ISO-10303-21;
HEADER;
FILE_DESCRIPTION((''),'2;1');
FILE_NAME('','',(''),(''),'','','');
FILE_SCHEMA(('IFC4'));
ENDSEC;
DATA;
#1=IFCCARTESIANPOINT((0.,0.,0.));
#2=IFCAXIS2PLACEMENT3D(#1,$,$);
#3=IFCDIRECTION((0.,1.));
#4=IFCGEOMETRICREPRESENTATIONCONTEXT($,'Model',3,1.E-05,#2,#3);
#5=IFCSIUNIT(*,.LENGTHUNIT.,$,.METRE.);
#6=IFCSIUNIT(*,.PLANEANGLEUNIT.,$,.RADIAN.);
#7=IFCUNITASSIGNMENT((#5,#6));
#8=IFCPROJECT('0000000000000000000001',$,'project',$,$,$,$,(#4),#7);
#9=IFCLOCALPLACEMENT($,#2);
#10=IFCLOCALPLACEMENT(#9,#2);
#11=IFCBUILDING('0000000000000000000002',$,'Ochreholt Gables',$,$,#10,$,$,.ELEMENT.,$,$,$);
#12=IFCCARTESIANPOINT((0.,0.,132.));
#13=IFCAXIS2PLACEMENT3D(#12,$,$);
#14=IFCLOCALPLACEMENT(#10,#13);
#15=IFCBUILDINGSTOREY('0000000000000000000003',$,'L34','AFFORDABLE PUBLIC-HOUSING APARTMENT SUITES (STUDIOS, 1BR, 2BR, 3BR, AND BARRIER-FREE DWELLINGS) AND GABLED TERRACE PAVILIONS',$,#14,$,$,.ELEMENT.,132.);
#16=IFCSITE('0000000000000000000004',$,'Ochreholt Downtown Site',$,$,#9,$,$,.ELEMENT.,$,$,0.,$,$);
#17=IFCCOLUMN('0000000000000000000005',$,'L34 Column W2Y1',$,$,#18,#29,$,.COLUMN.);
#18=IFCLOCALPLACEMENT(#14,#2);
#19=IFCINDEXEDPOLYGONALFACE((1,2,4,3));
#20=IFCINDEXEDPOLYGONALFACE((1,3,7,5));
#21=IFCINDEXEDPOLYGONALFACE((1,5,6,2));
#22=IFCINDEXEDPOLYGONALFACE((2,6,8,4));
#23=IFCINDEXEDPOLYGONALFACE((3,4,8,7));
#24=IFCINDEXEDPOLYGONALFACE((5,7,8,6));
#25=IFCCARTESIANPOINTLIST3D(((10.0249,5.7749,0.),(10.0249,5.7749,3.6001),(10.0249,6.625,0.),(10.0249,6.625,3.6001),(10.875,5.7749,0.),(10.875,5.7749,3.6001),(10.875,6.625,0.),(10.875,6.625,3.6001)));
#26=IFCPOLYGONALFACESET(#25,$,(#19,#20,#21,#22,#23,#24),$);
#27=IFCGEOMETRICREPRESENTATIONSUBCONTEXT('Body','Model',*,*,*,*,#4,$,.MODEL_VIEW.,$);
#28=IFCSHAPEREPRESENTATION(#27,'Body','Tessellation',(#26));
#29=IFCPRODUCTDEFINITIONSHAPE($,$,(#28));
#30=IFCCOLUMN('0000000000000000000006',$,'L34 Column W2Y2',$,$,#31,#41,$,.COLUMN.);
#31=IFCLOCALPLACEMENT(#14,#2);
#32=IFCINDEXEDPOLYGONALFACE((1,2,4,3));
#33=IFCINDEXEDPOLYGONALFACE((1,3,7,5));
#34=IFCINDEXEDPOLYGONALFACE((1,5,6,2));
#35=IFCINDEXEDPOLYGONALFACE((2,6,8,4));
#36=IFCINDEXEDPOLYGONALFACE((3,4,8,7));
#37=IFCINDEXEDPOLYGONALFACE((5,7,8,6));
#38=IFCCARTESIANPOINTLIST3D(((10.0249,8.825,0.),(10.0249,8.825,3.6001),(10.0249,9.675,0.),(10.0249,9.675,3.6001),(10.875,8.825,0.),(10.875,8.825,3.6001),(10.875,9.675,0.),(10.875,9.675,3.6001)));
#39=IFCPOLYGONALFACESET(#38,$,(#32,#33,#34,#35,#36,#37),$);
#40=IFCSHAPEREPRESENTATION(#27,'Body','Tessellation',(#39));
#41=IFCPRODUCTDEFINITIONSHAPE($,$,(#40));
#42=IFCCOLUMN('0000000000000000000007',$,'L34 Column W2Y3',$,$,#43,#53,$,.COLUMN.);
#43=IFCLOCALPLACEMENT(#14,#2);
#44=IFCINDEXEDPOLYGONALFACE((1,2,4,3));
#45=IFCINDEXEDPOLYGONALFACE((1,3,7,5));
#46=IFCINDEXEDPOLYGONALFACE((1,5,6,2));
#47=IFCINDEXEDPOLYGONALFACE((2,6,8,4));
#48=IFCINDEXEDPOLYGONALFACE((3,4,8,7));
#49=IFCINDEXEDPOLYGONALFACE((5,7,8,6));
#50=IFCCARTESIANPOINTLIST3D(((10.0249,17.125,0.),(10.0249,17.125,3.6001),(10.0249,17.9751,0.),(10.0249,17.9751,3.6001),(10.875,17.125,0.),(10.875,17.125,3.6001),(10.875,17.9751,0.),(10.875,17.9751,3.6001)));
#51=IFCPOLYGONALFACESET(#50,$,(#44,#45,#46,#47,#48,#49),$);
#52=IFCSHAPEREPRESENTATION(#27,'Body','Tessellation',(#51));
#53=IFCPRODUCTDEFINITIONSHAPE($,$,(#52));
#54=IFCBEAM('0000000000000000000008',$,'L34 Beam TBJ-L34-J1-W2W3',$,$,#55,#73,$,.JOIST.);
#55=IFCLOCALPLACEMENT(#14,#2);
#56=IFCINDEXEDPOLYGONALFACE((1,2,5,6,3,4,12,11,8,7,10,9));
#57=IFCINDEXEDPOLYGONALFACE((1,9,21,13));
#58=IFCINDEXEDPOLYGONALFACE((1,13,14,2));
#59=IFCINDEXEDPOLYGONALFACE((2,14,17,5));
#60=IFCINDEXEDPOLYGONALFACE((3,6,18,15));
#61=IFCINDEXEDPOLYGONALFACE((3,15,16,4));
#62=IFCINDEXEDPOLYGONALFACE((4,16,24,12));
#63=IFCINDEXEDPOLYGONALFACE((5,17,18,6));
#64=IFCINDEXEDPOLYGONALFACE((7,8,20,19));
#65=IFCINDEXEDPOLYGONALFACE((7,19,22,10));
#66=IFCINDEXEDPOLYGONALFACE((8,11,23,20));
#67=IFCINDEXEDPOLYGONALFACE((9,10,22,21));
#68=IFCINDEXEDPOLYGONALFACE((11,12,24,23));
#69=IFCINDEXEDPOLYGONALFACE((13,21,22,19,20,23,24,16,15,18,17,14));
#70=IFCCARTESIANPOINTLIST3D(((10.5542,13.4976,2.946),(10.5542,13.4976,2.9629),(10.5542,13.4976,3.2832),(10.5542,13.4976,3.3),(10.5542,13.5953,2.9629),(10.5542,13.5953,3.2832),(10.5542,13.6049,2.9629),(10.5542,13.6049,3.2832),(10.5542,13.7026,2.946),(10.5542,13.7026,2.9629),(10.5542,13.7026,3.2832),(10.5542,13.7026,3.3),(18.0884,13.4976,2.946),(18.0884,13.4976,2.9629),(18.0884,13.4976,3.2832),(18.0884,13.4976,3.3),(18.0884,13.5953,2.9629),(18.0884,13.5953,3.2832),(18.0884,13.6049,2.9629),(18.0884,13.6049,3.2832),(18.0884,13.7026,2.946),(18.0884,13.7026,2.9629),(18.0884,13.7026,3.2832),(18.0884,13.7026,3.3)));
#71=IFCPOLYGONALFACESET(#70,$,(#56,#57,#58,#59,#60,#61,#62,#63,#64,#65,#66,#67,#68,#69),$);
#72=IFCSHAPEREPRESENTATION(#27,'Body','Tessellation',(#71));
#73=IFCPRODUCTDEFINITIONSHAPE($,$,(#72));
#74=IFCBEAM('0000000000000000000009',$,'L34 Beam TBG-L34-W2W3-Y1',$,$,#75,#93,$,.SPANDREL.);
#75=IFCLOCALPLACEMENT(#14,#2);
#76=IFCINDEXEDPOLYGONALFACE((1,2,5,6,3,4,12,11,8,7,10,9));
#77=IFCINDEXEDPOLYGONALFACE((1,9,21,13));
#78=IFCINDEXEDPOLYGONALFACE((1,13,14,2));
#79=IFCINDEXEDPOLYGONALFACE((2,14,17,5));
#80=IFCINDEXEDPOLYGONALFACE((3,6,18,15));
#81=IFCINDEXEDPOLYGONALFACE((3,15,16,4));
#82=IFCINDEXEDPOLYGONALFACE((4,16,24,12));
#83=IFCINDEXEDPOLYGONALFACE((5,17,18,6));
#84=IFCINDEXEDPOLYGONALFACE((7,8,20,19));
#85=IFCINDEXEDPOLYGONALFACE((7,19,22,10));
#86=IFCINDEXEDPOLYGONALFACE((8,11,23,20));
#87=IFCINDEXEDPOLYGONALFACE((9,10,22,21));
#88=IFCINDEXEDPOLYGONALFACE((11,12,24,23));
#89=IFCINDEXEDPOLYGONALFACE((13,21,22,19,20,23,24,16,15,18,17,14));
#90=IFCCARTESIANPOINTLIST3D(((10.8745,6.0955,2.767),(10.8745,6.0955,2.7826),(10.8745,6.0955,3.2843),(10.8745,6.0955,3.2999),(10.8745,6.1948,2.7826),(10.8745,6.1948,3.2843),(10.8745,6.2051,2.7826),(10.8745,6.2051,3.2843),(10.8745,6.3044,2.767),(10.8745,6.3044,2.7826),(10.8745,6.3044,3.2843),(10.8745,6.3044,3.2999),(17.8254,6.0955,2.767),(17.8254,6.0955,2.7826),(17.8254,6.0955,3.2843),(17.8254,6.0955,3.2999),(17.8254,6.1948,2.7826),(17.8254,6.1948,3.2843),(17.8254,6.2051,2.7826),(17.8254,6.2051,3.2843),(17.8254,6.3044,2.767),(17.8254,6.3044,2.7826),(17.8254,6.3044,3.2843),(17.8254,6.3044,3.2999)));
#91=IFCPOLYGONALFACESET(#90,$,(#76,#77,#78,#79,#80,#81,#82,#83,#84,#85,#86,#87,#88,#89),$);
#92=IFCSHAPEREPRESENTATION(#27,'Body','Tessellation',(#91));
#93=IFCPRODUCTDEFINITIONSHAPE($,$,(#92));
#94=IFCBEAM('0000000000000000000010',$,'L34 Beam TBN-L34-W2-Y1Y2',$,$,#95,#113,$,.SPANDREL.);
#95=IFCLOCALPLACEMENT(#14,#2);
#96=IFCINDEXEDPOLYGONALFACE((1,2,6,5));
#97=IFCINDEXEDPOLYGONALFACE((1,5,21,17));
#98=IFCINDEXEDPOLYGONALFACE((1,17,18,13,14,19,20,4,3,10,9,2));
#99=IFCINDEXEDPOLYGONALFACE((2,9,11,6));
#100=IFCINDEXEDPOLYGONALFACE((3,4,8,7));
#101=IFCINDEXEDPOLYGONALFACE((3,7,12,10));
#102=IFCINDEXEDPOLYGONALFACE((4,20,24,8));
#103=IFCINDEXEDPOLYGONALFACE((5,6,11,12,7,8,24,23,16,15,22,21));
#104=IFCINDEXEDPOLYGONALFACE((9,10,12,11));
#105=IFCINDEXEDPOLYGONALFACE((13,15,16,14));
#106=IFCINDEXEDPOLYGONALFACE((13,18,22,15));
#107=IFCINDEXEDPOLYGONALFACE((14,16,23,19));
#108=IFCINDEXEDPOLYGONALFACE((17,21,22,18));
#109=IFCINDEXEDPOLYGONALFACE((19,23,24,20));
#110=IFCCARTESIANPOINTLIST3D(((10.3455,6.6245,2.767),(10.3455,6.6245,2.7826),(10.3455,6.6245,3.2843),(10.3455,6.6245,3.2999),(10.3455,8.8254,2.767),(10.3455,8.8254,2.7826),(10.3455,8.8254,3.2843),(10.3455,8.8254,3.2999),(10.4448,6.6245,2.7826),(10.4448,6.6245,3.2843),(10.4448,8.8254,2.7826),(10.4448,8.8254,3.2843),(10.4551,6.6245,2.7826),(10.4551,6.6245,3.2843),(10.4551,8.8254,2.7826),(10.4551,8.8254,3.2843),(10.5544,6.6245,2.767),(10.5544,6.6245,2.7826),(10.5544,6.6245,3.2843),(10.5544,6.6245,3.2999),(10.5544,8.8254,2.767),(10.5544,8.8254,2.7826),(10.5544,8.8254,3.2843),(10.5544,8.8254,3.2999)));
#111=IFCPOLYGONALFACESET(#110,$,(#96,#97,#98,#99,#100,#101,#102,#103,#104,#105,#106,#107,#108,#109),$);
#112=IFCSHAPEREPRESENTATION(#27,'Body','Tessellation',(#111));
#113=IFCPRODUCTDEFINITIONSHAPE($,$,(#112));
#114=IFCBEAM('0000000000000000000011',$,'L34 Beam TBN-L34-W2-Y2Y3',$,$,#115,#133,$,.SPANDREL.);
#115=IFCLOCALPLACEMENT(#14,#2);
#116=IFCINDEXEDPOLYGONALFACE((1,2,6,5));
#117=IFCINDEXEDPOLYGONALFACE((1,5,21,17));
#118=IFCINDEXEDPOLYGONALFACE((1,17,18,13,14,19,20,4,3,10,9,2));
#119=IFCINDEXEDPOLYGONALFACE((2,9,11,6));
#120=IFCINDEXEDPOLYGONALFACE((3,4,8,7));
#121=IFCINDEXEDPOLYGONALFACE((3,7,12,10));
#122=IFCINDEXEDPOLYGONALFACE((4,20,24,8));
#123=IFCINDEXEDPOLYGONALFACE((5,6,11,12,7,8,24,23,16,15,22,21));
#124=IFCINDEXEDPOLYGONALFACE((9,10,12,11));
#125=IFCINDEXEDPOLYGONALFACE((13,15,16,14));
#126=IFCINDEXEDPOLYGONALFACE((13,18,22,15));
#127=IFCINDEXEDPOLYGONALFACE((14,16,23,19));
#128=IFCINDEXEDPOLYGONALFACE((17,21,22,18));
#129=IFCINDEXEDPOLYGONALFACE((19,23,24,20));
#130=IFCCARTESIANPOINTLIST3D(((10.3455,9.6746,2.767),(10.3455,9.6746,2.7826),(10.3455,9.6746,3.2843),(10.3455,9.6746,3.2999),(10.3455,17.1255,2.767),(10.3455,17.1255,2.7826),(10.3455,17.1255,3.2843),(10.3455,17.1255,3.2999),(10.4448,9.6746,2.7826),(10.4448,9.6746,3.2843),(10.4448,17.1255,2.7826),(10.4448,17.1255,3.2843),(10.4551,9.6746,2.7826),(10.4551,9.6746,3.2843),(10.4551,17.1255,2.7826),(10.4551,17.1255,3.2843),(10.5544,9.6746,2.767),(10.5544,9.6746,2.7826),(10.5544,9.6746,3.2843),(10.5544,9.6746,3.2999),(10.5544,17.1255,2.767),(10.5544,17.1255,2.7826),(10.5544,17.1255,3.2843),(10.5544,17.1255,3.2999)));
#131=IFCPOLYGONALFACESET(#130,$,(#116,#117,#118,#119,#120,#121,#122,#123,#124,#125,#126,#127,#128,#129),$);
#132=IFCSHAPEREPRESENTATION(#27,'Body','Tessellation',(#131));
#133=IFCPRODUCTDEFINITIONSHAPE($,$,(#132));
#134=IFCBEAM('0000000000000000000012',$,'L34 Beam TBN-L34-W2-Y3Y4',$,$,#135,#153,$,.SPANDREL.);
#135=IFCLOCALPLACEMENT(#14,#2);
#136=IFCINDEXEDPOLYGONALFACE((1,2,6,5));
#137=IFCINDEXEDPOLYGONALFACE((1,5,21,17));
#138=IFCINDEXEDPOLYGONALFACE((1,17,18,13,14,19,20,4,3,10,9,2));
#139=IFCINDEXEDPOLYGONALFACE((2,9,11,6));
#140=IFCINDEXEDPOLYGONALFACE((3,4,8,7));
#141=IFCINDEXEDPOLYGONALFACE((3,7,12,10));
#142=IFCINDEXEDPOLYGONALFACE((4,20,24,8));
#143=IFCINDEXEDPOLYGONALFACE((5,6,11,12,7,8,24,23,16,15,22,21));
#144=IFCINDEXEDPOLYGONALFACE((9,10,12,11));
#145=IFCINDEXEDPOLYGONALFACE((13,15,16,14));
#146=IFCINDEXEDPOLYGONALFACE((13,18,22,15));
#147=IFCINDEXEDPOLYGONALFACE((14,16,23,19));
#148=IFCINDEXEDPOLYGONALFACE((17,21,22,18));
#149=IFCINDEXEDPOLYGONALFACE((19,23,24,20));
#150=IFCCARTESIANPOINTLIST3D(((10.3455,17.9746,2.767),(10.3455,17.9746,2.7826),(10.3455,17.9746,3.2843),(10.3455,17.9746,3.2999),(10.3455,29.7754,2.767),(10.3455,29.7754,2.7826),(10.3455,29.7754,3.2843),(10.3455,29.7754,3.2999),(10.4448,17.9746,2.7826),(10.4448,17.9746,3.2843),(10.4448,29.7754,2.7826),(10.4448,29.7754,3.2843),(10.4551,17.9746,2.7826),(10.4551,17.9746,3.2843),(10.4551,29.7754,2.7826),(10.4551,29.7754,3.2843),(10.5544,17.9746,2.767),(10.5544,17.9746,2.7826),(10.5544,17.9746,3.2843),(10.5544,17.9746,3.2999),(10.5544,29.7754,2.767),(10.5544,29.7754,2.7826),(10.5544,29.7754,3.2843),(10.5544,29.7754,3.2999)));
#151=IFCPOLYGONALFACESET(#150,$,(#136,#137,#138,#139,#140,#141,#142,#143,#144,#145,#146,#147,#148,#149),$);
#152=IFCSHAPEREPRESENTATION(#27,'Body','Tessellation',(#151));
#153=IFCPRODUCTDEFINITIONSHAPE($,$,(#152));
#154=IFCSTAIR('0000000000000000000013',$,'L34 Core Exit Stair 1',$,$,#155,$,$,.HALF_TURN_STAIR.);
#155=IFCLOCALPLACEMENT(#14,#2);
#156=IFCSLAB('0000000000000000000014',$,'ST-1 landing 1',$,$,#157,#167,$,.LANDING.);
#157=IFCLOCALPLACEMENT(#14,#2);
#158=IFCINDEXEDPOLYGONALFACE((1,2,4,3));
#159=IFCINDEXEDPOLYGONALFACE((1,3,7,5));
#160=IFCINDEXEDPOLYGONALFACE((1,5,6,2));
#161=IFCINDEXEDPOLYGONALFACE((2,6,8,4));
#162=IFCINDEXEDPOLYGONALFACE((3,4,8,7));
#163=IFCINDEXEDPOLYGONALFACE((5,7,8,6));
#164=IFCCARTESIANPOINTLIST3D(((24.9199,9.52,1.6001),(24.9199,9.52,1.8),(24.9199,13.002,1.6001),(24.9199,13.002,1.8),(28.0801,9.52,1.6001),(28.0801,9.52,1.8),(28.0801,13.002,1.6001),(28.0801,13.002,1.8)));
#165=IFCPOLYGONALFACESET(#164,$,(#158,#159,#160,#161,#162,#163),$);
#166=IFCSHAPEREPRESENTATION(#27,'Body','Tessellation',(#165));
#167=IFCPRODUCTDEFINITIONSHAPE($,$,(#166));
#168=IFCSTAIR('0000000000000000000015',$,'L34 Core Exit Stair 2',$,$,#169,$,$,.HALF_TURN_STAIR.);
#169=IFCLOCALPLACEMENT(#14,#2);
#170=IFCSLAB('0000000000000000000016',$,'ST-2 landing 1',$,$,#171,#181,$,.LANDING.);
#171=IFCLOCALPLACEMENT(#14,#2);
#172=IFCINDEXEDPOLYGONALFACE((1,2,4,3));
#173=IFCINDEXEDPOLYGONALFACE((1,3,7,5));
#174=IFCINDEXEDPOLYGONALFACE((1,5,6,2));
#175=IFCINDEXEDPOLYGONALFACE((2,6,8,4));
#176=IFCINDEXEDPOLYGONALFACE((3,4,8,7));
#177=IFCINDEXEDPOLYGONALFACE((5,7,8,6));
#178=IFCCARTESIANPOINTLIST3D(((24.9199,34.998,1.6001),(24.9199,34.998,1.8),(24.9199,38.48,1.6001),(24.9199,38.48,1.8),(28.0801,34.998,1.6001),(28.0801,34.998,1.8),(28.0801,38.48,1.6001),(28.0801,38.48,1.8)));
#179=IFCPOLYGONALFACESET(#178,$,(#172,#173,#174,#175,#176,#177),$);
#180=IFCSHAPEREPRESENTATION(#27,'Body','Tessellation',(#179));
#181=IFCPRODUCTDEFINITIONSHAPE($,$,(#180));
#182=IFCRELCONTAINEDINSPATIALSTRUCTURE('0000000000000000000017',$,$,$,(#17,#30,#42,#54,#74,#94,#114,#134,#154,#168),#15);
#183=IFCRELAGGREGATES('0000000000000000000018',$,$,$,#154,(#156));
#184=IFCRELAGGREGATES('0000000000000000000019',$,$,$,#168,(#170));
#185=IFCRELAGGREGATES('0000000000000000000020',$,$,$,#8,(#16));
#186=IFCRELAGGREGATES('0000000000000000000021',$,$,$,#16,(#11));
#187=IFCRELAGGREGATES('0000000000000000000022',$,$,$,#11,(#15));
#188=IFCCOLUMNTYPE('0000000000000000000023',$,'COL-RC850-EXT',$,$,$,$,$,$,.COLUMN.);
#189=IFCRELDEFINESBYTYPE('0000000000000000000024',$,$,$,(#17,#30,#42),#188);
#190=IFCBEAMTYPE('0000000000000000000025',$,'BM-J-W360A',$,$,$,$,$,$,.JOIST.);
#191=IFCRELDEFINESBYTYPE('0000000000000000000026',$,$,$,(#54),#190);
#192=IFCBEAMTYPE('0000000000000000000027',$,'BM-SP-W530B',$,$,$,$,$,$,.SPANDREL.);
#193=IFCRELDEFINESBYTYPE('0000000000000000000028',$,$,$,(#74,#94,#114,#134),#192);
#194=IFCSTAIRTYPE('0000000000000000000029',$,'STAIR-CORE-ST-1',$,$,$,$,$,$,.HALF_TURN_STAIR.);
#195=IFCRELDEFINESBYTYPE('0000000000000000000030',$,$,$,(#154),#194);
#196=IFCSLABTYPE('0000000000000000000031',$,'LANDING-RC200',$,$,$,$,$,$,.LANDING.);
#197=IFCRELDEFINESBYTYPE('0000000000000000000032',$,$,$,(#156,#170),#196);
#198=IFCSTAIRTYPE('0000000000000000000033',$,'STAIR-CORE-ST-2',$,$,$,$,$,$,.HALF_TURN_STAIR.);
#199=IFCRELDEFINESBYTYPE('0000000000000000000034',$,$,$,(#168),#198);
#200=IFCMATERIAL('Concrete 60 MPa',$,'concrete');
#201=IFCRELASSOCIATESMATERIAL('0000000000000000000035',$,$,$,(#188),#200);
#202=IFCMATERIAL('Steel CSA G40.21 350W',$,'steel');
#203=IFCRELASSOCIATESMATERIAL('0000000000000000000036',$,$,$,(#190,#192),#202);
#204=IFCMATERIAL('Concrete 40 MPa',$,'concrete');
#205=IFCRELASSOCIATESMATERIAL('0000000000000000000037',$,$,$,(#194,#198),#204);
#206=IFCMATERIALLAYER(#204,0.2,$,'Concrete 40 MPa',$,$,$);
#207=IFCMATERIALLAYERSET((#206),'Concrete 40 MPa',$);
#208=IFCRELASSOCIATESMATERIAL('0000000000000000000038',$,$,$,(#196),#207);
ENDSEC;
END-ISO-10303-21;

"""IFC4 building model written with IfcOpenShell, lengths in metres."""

from ifc_helpers import new_model, si_unit, direction, frame, origin, origin_2d, place, context, subcontext, project, spatial, polyline, rectangle, i_section, outline, extrude, material, layer, layer_set, material_profile, profile_set, type_object, element, aggregate, save


model = new_model("IFC4")

# Units and contexts
model_context = context("Model", 3, precision=1e-05, world=origin(), true_north=direction((0.0, 1.0)))
body_context = subcontext(model_context, "Body", "Model", "MODEL_VIEW")
ifc_project = project(units=[si_unit("LENGTHUNIT", "METRE"), si_unit("PLANEANGLEUNIT", "RADIAN")], contexts=[model_context])

# Site, building, storey
site_placement = place(None, origin())
site = spatial("IfcSite", under=ifc_project, at=site_placement, Name="Ochreholt Downtown Site", CompositionType="ELEMENT", RefElevation=0.0)
building_placement = place(site_placement, origin())
building = spatial("IfcBuilding", under=site, at=building_placement, Name="Ochreholt Gables", CompositionType="ELEMENT")
storey_placement = place(building_placement, frame((0.0, 0.0, 132.0)))
storey = spatial("IfcBuildingStorey", under=building, at=storey_placement, Name="L34", Description="AFFORDABLE PUBLIC-HOUSING APARTMENT SUITES (STUDIOS, 1BR, 2BR, 3BR, AND BARRIER-FREE DWELLINGS) AND GABLED TERRACE PAVILIONS", CompositionType="ELEMENT", Elevation=132.0)

# Columns
ifc_material_1 = material(Name="Concrete 60 MPa", Category="concrete")
ifc_material_profile_1 = material_profile(ifc_material_1, rectangle(XDim=0.8501, YDim=0.8501, at=origin_2d()), Name="RC850X850")
ifc_profile_set_1 = profile_set([ifc_material_profile_1], Name="Concrete 60 MPa")
column_type = type_object("IfcColumnType", Name="COL-RC850-EXT", PredefinedType="COLUMN", material=ifc_profile_set_1)
for number, where, z_axis, x_axis, name in (
    (1, (10.45, 6.2, 0.0), (0.0, 0.0, 1.0), (1.0, 0.0, 0.0), "L34 Column W2Y1"),
    (2, (10.45, 9.25, 0.0), (0.0, 0.0, 1.0), (1.0, 0.0, 0.0), "L34 Column W2Y2"),
    (3, (10.45, 17.55, 0.0), (0.0, 0.0, 1.0), (1.0, 0.0, 0.0), "L34 Column W2Y3"),
):
    element("IfcColumn", number, at=place(storey_placement, frame(where, z_axis=z_axis, x_axis=x_axis)), inside=storey, type_object=column_type, Name=name, PredefinedType="COLUMN", context=body_context, shape_type="SweptSolid", body=[
        extrude(rectangle(XDim=0.8501, YDim=0.8501, at=origin_2d()), origin(), (0.0, 0.0, 1.0), 3.6001),
    ])

# Beams
ifc_material_2 = material(Name="Steel CSA G40.21 350W", Category="steel")
ifc_material_profile_2 = material_profile(ifc_material_2, i_section(OverallWidth=0.2051, OverallDepth=0.354, WebThickness=0.0095, FlangeThickness=0.0168, at=origin_2d()), Name="W360X79")
ifc_profile_set_2 = profile_set([ifc_material_profile_2], Name="Steel CSA G40.21 350W")
beam_type_1 = type_object("IfcBeamType", Name="BM-J-W360A", PredefinedType="JOIST", material=ifc_profile_set_2)
beam_1_placement = place(storey_placement, frame((10.5542, 13.6001, 3.123), z_axis=(1.0, 0.0, 0.0), x_axis=(0.0, 1.0, 0.0)))
element("IfcBeam", 4, at=beam_1_placement, inside=storey, type_object=beam_type_1, Name="L34 Beam TBJ-L34-J1-W2W3", PredefinedType="JOIST", context=body_context, shape_type="SweptSolid", body=[
    extrude(i_section(OverallWidth=0.2051, OverallDepth=0.354, WebThickness=0.0095, FlangeThickness=0.0168, at=origin_2d()), origin(), (0.0, 0.0, 1.0), 7.5342),
])
ifc_material_profile_3 = material_profile(ifc_material_2, i_section(OverallWidth=0.209, OverallDepth=0.533, WebThickness=0.0103, FlangeThickness=0.0156, at=origin_2d()), Name="W530X92")
ifc_profile_set_3 = profile_set([ifc_material_profile_3], Name="Steel CSA G40.21 350W")
beam_type_2 = type_object("IfcBeamType", Name="BM-SP-W530B", PredefinedType="SPANDREL", material=ifc_profile_set_3)
beam_2_placement = place(storey_placement, frame((10.8745, 6.2, 3.0334), z_axis=(1.0, 0.0, 0.0), x_axis=(0.0, 1.0, 0.0)))
element("IfcBeam", 5, at=beam_2_placement, inside=storey, type_object=beam_type_2, Name="L34 Beam TBG-L34-W2W3-Y1", PredefinedType="SPANDREL", context=body_context, shape_type="SweptSolid", body=[
    extrude(i_section(OverallWidth=0.209, OverallDepth=0.533, WebThickness=0.0103, FlangeThickness=0.0156, at=origin_2d()), origin(), (0.0, 0.0, 1.0), 6.9509),
])
beam_3_placement = place(storey_placement, frame((10.45, 6.6245, 3.0334), z_axis=(0.0, 1.0, 0.0), x_axis=(-1.0, 0.0, 0.0)))
element("IfcBeam", 6, at=beam_3_placement, inside=storey, type_object=beam_type_2, Name="L34 Beam TBN-L34-W2-Y1Y2", PredefinedType="SPANDREL", context=body_context, shape_type="SweptSolid", body=[
    extrude(i_section(OverallWidth=0.209, OverallDepth=0.533, WebThickness=0.0103, FlangeThickness=0.0156, at=origin_2d()), origin(), (0.0, 0.0, 1.0), 2.2009),
])
beam_4_placement = place(storey_placement, frame((10.45, 9.6746, 3.0334), z_axis=(0.0, 1.0, 0.0), x_axis=(-1.0, 0.0, 0.0)))
element("IfcBeam", 7, at=beam_4_placement, inside=storey, type_object=beam_type_2, Name="L34 Beam TBN-L34-W2-Y2Y3", PredefinedType="SPANDREL", context=body_context, shape_type="SweptSolid", body=[
    extrude(i_section(OverallWidth=0.209, OverallDepth=0.533, WebThickness=0.0103, FlangeThickness=0.0156, at=origin_2d()), origin(), (0.0, 0.0, 1.0), 7.4509),
])
beam_5_placement = place(storey_placement, frame((10.45, 17.9746, 3.0334), z_axis=(0.0, 1.0, 0.0), x_axis=(-1.0, 0.0, 0.0)))
element("IfcBeam", 8, at=beam_5_placement, inside=storey, type_object=beam_type_2, Name="L34 Beam TBN-L34-W2-Y3Y4", PredefinedType="SPANDREL", context=body_context, shape_type="SweptSolid", body=[
    extrude(i_section(OverallWidth=0.209, OverallDepth=0.533, WebThickness=0.0103, FlangeThickness=0.0156, at=origin_2d()), origin(), (0.0, 0.0, 1.0), 11.8008),
])

# Stairs, slabs
ifc_material_3 = material(Name="Concrete 40 MPa", Category="concrete")
stair_type_1 = type_object("IfcStairType", Name="STAIR-CORE-ST-1", PredefinedType="HALF_TURN_STAIR", material=ifc_material_3)
stair_1_placement = place(storey_placement, origin())
stair_1 = element("IfcStair", 9, at=stair_1_placement, inside=storey, type_object=stair_type_1, Name="L34 Core Exit Stair 1", PredefinedType="HALF_TURN_STAIR")
ifc_layer_1 = layer(ifc_material_3, 0.2, Name="Concrete 40 MPa")
ifc_layer_set_1 = layer_set([ifc_layer_1], Name="Concrete 40 MPa")
slab_type_1 = type_object("IfcSlabType", Name="LANDING-RC200", PredefinedType="LANDING", material=ifc_layer_set_1)
slab_1_placement = place(storey_placement, frame((0.0, 0.0, 1.6001)))
slab_1 = element("IfcSlab", 10, at=slab_1_placement, type_object=slab_type_1, Name="ST-1 landing 1", PredefinedType="LANDING", context=body_context, shape_type="SweptSolid", body=[
    extrude(outline(polyline([(24.9199, 13.002), (24.9199, 9.52), (28.0801, 9.52), (28.0801, 13.002), (24.9199, 13.002)])), origin(), (0.0, 0.0, 1.0), 0.2),
])
aggregate(stair_1, [slab_1])
stair_type_2 = type_object("IfcStairType", Name="STAIR-CORE-ST-2", PredefinedType="HALF_TURN_STAIR", material=ifc_material_3)
stair_2_placement = place(storey_placement, origin())
stair_2 = element("IfcStair", 11, at=stair_2_placement, inside=storey, type_object=stair_type_2, Name="L34 Core Exit Stair 2", PredefinedType="HALF_TURN_STAIR")
slab_2_placement = place(storey_placement, frame((0.0, 0.0, 1.6001)))
slab_2 = element("IfcSlab", 12, at=slab_2_placement, type_object=slab_type_1, Name="ST-2 landing 1", PredefinedType="LANDING", context=body_context, shape_type="SweptSolid", body=[
    extrude(outline(polyline([(28.0801, 34.998), (28.0801, 38.48), (24.9199, 38.48), (24.9199, 34.998), (28.0801, 34.998)])), origin(), (0.0, 0.0, 1.0), 0.2),
])
aggregate(stair_2, [slab_2])

save(model, "model.ifc")
